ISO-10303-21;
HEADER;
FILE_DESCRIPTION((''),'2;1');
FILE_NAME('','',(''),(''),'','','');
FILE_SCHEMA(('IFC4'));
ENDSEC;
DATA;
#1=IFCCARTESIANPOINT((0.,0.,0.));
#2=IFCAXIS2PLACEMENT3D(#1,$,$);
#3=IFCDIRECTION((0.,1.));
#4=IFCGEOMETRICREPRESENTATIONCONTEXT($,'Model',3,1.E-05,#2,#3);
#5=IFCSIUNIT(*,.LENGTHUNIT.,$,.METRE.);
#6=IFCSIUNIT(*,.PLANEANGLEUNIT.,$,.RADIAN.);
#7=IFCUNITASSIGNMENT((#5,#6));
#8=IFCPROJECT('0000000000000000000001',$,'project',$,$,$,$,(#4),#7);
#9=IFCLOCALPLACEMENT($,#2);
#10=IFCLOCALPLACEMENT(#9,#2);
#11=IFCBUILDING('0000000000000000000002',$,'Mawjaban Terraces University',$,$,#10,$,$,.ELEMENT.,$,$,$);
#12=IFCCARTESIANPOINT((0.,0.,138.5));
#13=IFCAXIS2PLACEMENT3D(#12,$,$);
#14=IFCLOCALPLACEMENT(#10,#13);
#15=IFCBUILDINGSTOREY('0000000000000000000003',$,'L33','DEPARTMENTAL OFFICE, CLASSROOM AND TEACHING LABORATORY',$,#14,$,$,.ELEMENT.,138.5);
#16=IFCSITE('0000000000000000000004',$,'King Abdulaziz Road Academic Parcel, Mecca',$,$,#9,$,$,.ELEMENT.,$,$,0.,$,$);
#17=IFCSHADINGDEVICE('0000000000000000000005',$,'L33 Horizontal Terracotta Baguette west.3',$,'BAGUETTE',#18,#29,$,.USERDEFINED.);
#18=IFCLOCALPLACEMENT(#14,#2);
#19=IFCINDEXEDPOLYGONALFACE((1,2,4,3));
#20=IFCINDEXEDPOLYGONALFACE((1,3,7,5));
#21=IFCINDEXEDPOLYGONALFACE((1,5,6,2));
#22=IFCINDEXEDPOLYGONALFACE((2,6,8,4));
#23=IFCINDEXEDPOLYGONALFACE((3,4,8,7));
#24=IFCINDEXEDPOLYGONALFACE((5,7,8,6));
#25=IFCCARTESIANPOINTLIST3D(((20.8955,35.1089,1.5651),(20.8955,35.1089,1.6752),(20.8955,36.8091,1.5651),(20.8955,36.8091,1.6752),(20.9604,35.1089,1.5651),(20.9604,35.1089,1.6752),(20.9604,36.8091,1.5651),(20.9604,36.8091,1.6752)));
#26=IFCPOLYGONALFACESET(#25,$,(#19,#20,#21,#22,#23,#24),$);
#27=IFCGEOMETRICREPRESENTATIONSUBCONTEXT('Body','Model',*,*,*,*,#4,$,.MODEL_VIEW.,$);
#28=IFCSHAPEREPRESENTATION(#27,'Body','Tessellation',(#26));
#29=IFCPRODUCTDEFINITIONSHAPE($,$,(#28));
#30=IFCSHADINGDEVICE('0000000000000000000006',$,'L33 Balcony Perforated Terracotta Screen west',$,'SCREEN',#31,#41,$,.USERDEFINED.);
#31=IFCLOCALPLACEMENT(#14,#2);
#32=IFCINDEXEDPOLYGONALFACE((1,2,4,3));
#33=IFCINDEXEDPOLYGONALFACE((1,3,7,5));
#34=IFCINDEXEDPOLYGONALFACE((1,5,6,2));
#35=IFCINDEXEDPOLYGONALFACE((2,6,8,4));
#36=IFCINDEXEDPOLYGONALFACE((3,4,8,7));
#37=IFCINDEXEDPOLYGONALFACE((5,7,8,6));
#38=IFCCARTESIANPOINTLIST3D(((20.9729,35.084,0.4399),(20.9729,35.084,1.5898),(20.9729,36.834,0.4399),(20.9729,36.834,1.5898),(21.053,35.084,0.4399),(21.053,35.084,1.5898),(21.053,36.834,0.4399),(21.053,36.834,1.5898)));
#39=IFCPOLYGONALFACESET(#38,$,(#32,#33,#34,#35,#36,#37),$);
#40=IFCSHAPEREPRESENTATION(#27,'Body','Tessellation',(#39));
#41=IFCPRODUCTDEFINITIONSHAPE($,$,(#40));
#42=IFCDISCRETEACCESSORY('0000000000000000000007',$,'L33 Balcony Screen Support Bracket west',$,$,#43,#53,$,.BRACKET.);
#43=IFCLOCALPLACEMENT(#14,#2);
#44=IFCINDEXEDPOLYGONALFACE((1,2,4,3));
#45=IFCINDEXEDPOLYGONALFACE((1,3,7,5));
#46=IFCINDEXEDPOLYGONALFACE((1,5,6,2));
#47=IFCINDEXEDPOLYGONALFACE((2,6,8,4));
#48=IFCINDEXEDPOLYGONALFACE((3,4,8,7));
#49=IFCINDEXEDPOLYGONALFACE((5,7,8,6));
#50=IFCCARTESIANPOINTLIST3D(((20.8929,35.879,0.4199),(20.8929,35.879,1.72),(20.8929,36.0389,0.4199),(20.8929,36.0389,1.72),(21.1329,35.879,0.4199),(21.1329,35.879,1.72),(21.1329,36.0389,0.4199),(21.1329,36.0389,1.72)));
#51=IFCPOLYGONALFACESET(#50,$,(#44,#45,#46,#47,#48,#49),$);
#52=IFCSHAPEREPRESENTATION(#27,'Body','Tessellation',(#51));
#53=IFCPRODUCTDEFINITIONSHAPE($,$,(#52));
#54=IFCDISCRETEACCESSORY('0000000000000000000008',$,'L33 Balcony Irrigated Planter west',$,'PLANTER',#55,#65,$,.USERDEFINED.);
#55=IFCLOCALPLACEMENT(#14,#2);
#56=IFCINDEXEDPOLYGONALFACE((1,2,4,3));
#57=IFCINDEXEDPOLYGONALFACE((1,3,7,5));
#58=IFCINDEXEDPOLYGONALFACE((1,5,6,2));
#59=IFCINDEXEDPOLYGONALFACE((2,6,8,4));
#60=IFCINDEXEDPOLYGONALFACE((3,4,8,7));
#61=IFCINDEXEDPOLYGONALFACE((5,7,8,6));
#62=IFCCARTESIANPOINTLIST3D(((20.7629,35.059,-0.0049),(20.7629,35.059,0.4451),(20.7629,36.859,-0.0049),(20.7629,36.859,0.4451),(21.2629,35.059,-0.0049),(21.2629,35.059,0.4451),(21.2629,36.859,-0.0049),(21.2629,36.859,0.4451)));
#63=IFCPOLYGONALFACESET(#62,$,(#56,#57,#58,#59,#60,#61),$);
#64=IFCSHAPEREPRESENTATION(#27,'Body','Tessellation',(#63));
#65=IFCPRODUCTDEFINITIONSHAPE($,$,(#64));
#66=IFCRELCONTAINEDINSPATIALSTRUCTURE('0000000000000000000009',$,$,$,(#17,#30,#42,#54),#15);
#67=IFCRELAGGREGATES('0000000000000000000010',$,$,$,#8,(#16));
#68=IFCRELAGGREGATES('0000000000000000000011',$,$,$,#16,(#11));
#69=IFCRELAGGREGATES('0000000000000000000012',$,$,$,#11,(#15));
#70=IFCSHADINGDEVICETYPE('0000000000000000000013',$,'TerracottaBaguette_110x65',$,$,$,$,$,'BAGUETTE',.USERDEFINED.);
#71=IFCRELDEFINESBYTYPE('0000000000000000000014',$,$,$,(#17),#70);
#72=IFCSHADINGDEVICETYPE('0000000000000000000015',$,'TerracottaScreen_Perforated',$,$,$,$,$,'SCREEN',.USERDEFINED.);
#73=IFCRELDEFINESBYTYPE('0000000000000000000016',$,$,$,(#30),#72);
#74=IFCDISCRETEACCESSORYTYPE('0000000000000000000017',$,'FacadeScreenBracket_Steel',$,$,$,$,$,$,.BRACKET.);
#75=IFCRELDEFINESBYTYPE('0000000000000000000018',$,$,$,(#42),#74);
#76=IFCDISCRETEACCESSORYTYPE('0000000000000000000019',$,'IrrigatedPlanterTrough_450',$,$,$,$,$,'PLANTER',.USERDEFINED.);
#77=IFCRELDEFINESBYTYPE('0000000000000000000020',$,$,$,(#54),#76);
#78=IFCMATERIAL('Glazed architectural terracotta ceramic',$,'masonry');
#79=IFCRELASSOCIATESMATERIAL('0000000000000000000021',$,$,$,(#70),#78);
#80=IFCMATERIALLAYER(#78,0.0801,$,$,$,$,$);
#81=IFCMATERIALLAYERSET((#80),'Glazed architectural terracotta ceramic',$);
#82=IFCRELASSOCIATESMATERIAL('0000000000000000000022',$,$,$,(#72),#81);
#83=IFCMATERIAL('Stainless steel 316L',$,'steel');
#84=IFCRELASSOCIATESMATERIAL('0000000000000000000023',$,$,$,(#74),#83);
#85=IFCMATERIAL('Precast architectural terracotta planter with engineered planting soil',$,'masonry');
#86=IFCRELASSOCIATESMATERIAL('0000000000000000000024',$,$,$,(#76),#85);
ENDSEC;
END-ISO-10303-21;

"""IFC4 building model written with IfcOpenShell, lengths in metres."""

from ifc_helpers import new_model, si_unit, direction, frame, origin, origin_2d, place, context, subcontext, project, spatial, rectangle, extrude, material, layer, layer_set, material_profile, profile_set, type_object, element, save


model = new_model("IFC4")

# Units and contexts
model_context = context("Model", 3, precision=1e-05, world=origin(), true_north=direction((0.0, 1.0)))
body_context = subcontext(model_context, "Body", "Model", "MODEL_VIEW")
ifc_project = project(units=[si_unit("LENGTHUNIT", "METRE"), si_unit("PLANEANGLEUNIT", "RADIAN")], contexts=[model_context])

# Site, building, storey
site_placement = place(None, origin())
site = spatial("IfcSite", under=ifc_project, at=site_placement, Name="King Abdulaziz Road Academic Parcel, Mecca", CompositionType="ELEMENT", RefElevation=0.0)
building_placement = place(site_placement, origin())
building = spatial("IfcBuilding", under=site, at=building_placement, Name="Mawjaban Terraces University", CompositionType="ELEMENT")
storey_placement = place(building_placement, frame((0.0, 0.0, 138.5)))
storey = spatial("IfcBuildingStorey", under=building, at=storey_placement, Name="L33", Description="DEPARTMENTAL OFFICE, CLASSROOM AND TEACHING LABORATORY", CompositionType="ELEMENT", Elevation=138.5)

# Shading devices
ifc_material_1 = material(Name="Glazed architectural terracotta ceramic", Category="masonry")
ifc_material_profile_1 = material_profile(ifc_material_1, rectangle(XDim=0.0649, YDim=0.1101, at=origin_2d()), Name="TBAG110X65")
ifc_profile_set_1 = profile_set([ifc_material_profile_1], Name="Glazed architectural terracotta ceramic")
shading_device_type_1 = type_object("IfcShadingDeviceType", Name="TerracottaBaguette_110x65", ElementType="BAGUETTE", PredefinedType="USERDEFINED", material=ifc_profile_set_1)
for number, where, z_axis, x_axis, name in (
    (1, (20.928, 35.1089, 1.6201), (0.0, 1.0, 0.0), (-1.0, 0.0, 0.0), "L33 Horizontal Terracotta Baguette west.3"),
):
    element("IfcShadingDevice", number, at=place(storey_placement, frame(where, z_axis=z_axis, x_axis=x_axis)), inside=storey, type_object=shading_device_type_1, Name=name, ObjectType="BAGUETTE", PredefinedType="USERDEFINED", context=body_context, shape_type="SweptSolid", body=[
        extrude(rectangle(XDim=0.0649, YDim=0.1101, at=origin_2d()), origin(), (0.0, 0.0, 1.0), 1.7002),
    ])
ifc_layer_1 = layer(ifc_material_1, 0.0801)
ifc_layer_set_1 = layer_set([ifc_layer_1], Name="Glazed architectural terracotta ceramic")
shading_device_type_2 = type_object("IfcShadingDeviceType", Name="TerracottaScreen_Perforated", ElementType="SCREEN", PredefinedType="USERDEFINED", material=ifc_layer_set_1)
shading_device_placement = place(storey_placement, frame((21.0129, 35.959, 0.4399), z_axis=(0.0, 0.0, 1.0), x_axis=(0.0, 1.0, 0.0)))
element("IfcShadingDevice", 2, at=shading_device_placement, inside=storey, type_object=shading_device_type_2, Name="L33 Balcony Perforated Terracotta Screen west", ObjectType="SCREEN", PredefinedType="USERDEFINED", context=body_context, shape_type="SweptSolid", body=[
    extrude(rectangle(XDim=1.75, YDim=0.0801, at=origin_2d()), origin(), (0.0, 0.0, 1.0), 1.1499),
])

# Discrete accessories
ifc_material_2 = material(Name="Stainless steel 316L", Category="steel")
discrete_accessory_type_1 = type_object("IfcDiscreteAccessoryType", Name="FacadeScreenBracket_Steel", PredefinedType="BRACKET", material=ifc_material_2)
discrete_accessory_1_placement = place(storey_placement, frame((21.0129, 35.959, 0.4199), z_axis=(0.0, 0.0, 1.0), x_axis=(0.0, 1.0, 0.0)))
element("IfcDiscreteAccessory", 3, at=discrete_accessory_1_placement, inside=storey, type_object=discrete_accessory_type_1, Name="L33 Balcony Screen Support Bracket west", PredefinedType="BRACKET", context=body_context, shape_type="SweptSolid", body=[
    extrude(rectangle(XDim=0.1599, YDim=0.24, at=origin_2d()), origin(), (0.0, 0.0, 1.0), 1.3),
])
ifc_material_3 = material(Name="Precast architectural terracotta planter with engineered planting soil", Category="masonry")
discrete_accessory_type_2 = type_object("IfcDiscreteAccessoryType", Name="IrrigatedPlanterTrough_450", ElementType="PLANTER", PredefinedType="USERDEFINED", material=ifc_material_3)
discrete_accessory_2_placement = place(storey_placement, frame((21.0129, 35.959, -0.0049), z_axis=(0.0, 0.0, 1.0), x_axis=(0.0, 1.0, 0.0)))
element("IfcDiscreteAccessory", 4, at=discrete_accessory_2_placement, inside=storey, type_object=discrete_accessory_type_2, Name="L33 Balcony Irrigated Planter west", ObjectType="PLANTER", PredefinedType="USERDEFINED", context=body_context, shape_type="SweptSolid", body=[
    extrude(rectangle(XDim=1.8, YDim=0.5, at=origin_2d()), origin(), (0.0, 0.0, 1.0), 0.45),
])

save(model, "model.ifc")
